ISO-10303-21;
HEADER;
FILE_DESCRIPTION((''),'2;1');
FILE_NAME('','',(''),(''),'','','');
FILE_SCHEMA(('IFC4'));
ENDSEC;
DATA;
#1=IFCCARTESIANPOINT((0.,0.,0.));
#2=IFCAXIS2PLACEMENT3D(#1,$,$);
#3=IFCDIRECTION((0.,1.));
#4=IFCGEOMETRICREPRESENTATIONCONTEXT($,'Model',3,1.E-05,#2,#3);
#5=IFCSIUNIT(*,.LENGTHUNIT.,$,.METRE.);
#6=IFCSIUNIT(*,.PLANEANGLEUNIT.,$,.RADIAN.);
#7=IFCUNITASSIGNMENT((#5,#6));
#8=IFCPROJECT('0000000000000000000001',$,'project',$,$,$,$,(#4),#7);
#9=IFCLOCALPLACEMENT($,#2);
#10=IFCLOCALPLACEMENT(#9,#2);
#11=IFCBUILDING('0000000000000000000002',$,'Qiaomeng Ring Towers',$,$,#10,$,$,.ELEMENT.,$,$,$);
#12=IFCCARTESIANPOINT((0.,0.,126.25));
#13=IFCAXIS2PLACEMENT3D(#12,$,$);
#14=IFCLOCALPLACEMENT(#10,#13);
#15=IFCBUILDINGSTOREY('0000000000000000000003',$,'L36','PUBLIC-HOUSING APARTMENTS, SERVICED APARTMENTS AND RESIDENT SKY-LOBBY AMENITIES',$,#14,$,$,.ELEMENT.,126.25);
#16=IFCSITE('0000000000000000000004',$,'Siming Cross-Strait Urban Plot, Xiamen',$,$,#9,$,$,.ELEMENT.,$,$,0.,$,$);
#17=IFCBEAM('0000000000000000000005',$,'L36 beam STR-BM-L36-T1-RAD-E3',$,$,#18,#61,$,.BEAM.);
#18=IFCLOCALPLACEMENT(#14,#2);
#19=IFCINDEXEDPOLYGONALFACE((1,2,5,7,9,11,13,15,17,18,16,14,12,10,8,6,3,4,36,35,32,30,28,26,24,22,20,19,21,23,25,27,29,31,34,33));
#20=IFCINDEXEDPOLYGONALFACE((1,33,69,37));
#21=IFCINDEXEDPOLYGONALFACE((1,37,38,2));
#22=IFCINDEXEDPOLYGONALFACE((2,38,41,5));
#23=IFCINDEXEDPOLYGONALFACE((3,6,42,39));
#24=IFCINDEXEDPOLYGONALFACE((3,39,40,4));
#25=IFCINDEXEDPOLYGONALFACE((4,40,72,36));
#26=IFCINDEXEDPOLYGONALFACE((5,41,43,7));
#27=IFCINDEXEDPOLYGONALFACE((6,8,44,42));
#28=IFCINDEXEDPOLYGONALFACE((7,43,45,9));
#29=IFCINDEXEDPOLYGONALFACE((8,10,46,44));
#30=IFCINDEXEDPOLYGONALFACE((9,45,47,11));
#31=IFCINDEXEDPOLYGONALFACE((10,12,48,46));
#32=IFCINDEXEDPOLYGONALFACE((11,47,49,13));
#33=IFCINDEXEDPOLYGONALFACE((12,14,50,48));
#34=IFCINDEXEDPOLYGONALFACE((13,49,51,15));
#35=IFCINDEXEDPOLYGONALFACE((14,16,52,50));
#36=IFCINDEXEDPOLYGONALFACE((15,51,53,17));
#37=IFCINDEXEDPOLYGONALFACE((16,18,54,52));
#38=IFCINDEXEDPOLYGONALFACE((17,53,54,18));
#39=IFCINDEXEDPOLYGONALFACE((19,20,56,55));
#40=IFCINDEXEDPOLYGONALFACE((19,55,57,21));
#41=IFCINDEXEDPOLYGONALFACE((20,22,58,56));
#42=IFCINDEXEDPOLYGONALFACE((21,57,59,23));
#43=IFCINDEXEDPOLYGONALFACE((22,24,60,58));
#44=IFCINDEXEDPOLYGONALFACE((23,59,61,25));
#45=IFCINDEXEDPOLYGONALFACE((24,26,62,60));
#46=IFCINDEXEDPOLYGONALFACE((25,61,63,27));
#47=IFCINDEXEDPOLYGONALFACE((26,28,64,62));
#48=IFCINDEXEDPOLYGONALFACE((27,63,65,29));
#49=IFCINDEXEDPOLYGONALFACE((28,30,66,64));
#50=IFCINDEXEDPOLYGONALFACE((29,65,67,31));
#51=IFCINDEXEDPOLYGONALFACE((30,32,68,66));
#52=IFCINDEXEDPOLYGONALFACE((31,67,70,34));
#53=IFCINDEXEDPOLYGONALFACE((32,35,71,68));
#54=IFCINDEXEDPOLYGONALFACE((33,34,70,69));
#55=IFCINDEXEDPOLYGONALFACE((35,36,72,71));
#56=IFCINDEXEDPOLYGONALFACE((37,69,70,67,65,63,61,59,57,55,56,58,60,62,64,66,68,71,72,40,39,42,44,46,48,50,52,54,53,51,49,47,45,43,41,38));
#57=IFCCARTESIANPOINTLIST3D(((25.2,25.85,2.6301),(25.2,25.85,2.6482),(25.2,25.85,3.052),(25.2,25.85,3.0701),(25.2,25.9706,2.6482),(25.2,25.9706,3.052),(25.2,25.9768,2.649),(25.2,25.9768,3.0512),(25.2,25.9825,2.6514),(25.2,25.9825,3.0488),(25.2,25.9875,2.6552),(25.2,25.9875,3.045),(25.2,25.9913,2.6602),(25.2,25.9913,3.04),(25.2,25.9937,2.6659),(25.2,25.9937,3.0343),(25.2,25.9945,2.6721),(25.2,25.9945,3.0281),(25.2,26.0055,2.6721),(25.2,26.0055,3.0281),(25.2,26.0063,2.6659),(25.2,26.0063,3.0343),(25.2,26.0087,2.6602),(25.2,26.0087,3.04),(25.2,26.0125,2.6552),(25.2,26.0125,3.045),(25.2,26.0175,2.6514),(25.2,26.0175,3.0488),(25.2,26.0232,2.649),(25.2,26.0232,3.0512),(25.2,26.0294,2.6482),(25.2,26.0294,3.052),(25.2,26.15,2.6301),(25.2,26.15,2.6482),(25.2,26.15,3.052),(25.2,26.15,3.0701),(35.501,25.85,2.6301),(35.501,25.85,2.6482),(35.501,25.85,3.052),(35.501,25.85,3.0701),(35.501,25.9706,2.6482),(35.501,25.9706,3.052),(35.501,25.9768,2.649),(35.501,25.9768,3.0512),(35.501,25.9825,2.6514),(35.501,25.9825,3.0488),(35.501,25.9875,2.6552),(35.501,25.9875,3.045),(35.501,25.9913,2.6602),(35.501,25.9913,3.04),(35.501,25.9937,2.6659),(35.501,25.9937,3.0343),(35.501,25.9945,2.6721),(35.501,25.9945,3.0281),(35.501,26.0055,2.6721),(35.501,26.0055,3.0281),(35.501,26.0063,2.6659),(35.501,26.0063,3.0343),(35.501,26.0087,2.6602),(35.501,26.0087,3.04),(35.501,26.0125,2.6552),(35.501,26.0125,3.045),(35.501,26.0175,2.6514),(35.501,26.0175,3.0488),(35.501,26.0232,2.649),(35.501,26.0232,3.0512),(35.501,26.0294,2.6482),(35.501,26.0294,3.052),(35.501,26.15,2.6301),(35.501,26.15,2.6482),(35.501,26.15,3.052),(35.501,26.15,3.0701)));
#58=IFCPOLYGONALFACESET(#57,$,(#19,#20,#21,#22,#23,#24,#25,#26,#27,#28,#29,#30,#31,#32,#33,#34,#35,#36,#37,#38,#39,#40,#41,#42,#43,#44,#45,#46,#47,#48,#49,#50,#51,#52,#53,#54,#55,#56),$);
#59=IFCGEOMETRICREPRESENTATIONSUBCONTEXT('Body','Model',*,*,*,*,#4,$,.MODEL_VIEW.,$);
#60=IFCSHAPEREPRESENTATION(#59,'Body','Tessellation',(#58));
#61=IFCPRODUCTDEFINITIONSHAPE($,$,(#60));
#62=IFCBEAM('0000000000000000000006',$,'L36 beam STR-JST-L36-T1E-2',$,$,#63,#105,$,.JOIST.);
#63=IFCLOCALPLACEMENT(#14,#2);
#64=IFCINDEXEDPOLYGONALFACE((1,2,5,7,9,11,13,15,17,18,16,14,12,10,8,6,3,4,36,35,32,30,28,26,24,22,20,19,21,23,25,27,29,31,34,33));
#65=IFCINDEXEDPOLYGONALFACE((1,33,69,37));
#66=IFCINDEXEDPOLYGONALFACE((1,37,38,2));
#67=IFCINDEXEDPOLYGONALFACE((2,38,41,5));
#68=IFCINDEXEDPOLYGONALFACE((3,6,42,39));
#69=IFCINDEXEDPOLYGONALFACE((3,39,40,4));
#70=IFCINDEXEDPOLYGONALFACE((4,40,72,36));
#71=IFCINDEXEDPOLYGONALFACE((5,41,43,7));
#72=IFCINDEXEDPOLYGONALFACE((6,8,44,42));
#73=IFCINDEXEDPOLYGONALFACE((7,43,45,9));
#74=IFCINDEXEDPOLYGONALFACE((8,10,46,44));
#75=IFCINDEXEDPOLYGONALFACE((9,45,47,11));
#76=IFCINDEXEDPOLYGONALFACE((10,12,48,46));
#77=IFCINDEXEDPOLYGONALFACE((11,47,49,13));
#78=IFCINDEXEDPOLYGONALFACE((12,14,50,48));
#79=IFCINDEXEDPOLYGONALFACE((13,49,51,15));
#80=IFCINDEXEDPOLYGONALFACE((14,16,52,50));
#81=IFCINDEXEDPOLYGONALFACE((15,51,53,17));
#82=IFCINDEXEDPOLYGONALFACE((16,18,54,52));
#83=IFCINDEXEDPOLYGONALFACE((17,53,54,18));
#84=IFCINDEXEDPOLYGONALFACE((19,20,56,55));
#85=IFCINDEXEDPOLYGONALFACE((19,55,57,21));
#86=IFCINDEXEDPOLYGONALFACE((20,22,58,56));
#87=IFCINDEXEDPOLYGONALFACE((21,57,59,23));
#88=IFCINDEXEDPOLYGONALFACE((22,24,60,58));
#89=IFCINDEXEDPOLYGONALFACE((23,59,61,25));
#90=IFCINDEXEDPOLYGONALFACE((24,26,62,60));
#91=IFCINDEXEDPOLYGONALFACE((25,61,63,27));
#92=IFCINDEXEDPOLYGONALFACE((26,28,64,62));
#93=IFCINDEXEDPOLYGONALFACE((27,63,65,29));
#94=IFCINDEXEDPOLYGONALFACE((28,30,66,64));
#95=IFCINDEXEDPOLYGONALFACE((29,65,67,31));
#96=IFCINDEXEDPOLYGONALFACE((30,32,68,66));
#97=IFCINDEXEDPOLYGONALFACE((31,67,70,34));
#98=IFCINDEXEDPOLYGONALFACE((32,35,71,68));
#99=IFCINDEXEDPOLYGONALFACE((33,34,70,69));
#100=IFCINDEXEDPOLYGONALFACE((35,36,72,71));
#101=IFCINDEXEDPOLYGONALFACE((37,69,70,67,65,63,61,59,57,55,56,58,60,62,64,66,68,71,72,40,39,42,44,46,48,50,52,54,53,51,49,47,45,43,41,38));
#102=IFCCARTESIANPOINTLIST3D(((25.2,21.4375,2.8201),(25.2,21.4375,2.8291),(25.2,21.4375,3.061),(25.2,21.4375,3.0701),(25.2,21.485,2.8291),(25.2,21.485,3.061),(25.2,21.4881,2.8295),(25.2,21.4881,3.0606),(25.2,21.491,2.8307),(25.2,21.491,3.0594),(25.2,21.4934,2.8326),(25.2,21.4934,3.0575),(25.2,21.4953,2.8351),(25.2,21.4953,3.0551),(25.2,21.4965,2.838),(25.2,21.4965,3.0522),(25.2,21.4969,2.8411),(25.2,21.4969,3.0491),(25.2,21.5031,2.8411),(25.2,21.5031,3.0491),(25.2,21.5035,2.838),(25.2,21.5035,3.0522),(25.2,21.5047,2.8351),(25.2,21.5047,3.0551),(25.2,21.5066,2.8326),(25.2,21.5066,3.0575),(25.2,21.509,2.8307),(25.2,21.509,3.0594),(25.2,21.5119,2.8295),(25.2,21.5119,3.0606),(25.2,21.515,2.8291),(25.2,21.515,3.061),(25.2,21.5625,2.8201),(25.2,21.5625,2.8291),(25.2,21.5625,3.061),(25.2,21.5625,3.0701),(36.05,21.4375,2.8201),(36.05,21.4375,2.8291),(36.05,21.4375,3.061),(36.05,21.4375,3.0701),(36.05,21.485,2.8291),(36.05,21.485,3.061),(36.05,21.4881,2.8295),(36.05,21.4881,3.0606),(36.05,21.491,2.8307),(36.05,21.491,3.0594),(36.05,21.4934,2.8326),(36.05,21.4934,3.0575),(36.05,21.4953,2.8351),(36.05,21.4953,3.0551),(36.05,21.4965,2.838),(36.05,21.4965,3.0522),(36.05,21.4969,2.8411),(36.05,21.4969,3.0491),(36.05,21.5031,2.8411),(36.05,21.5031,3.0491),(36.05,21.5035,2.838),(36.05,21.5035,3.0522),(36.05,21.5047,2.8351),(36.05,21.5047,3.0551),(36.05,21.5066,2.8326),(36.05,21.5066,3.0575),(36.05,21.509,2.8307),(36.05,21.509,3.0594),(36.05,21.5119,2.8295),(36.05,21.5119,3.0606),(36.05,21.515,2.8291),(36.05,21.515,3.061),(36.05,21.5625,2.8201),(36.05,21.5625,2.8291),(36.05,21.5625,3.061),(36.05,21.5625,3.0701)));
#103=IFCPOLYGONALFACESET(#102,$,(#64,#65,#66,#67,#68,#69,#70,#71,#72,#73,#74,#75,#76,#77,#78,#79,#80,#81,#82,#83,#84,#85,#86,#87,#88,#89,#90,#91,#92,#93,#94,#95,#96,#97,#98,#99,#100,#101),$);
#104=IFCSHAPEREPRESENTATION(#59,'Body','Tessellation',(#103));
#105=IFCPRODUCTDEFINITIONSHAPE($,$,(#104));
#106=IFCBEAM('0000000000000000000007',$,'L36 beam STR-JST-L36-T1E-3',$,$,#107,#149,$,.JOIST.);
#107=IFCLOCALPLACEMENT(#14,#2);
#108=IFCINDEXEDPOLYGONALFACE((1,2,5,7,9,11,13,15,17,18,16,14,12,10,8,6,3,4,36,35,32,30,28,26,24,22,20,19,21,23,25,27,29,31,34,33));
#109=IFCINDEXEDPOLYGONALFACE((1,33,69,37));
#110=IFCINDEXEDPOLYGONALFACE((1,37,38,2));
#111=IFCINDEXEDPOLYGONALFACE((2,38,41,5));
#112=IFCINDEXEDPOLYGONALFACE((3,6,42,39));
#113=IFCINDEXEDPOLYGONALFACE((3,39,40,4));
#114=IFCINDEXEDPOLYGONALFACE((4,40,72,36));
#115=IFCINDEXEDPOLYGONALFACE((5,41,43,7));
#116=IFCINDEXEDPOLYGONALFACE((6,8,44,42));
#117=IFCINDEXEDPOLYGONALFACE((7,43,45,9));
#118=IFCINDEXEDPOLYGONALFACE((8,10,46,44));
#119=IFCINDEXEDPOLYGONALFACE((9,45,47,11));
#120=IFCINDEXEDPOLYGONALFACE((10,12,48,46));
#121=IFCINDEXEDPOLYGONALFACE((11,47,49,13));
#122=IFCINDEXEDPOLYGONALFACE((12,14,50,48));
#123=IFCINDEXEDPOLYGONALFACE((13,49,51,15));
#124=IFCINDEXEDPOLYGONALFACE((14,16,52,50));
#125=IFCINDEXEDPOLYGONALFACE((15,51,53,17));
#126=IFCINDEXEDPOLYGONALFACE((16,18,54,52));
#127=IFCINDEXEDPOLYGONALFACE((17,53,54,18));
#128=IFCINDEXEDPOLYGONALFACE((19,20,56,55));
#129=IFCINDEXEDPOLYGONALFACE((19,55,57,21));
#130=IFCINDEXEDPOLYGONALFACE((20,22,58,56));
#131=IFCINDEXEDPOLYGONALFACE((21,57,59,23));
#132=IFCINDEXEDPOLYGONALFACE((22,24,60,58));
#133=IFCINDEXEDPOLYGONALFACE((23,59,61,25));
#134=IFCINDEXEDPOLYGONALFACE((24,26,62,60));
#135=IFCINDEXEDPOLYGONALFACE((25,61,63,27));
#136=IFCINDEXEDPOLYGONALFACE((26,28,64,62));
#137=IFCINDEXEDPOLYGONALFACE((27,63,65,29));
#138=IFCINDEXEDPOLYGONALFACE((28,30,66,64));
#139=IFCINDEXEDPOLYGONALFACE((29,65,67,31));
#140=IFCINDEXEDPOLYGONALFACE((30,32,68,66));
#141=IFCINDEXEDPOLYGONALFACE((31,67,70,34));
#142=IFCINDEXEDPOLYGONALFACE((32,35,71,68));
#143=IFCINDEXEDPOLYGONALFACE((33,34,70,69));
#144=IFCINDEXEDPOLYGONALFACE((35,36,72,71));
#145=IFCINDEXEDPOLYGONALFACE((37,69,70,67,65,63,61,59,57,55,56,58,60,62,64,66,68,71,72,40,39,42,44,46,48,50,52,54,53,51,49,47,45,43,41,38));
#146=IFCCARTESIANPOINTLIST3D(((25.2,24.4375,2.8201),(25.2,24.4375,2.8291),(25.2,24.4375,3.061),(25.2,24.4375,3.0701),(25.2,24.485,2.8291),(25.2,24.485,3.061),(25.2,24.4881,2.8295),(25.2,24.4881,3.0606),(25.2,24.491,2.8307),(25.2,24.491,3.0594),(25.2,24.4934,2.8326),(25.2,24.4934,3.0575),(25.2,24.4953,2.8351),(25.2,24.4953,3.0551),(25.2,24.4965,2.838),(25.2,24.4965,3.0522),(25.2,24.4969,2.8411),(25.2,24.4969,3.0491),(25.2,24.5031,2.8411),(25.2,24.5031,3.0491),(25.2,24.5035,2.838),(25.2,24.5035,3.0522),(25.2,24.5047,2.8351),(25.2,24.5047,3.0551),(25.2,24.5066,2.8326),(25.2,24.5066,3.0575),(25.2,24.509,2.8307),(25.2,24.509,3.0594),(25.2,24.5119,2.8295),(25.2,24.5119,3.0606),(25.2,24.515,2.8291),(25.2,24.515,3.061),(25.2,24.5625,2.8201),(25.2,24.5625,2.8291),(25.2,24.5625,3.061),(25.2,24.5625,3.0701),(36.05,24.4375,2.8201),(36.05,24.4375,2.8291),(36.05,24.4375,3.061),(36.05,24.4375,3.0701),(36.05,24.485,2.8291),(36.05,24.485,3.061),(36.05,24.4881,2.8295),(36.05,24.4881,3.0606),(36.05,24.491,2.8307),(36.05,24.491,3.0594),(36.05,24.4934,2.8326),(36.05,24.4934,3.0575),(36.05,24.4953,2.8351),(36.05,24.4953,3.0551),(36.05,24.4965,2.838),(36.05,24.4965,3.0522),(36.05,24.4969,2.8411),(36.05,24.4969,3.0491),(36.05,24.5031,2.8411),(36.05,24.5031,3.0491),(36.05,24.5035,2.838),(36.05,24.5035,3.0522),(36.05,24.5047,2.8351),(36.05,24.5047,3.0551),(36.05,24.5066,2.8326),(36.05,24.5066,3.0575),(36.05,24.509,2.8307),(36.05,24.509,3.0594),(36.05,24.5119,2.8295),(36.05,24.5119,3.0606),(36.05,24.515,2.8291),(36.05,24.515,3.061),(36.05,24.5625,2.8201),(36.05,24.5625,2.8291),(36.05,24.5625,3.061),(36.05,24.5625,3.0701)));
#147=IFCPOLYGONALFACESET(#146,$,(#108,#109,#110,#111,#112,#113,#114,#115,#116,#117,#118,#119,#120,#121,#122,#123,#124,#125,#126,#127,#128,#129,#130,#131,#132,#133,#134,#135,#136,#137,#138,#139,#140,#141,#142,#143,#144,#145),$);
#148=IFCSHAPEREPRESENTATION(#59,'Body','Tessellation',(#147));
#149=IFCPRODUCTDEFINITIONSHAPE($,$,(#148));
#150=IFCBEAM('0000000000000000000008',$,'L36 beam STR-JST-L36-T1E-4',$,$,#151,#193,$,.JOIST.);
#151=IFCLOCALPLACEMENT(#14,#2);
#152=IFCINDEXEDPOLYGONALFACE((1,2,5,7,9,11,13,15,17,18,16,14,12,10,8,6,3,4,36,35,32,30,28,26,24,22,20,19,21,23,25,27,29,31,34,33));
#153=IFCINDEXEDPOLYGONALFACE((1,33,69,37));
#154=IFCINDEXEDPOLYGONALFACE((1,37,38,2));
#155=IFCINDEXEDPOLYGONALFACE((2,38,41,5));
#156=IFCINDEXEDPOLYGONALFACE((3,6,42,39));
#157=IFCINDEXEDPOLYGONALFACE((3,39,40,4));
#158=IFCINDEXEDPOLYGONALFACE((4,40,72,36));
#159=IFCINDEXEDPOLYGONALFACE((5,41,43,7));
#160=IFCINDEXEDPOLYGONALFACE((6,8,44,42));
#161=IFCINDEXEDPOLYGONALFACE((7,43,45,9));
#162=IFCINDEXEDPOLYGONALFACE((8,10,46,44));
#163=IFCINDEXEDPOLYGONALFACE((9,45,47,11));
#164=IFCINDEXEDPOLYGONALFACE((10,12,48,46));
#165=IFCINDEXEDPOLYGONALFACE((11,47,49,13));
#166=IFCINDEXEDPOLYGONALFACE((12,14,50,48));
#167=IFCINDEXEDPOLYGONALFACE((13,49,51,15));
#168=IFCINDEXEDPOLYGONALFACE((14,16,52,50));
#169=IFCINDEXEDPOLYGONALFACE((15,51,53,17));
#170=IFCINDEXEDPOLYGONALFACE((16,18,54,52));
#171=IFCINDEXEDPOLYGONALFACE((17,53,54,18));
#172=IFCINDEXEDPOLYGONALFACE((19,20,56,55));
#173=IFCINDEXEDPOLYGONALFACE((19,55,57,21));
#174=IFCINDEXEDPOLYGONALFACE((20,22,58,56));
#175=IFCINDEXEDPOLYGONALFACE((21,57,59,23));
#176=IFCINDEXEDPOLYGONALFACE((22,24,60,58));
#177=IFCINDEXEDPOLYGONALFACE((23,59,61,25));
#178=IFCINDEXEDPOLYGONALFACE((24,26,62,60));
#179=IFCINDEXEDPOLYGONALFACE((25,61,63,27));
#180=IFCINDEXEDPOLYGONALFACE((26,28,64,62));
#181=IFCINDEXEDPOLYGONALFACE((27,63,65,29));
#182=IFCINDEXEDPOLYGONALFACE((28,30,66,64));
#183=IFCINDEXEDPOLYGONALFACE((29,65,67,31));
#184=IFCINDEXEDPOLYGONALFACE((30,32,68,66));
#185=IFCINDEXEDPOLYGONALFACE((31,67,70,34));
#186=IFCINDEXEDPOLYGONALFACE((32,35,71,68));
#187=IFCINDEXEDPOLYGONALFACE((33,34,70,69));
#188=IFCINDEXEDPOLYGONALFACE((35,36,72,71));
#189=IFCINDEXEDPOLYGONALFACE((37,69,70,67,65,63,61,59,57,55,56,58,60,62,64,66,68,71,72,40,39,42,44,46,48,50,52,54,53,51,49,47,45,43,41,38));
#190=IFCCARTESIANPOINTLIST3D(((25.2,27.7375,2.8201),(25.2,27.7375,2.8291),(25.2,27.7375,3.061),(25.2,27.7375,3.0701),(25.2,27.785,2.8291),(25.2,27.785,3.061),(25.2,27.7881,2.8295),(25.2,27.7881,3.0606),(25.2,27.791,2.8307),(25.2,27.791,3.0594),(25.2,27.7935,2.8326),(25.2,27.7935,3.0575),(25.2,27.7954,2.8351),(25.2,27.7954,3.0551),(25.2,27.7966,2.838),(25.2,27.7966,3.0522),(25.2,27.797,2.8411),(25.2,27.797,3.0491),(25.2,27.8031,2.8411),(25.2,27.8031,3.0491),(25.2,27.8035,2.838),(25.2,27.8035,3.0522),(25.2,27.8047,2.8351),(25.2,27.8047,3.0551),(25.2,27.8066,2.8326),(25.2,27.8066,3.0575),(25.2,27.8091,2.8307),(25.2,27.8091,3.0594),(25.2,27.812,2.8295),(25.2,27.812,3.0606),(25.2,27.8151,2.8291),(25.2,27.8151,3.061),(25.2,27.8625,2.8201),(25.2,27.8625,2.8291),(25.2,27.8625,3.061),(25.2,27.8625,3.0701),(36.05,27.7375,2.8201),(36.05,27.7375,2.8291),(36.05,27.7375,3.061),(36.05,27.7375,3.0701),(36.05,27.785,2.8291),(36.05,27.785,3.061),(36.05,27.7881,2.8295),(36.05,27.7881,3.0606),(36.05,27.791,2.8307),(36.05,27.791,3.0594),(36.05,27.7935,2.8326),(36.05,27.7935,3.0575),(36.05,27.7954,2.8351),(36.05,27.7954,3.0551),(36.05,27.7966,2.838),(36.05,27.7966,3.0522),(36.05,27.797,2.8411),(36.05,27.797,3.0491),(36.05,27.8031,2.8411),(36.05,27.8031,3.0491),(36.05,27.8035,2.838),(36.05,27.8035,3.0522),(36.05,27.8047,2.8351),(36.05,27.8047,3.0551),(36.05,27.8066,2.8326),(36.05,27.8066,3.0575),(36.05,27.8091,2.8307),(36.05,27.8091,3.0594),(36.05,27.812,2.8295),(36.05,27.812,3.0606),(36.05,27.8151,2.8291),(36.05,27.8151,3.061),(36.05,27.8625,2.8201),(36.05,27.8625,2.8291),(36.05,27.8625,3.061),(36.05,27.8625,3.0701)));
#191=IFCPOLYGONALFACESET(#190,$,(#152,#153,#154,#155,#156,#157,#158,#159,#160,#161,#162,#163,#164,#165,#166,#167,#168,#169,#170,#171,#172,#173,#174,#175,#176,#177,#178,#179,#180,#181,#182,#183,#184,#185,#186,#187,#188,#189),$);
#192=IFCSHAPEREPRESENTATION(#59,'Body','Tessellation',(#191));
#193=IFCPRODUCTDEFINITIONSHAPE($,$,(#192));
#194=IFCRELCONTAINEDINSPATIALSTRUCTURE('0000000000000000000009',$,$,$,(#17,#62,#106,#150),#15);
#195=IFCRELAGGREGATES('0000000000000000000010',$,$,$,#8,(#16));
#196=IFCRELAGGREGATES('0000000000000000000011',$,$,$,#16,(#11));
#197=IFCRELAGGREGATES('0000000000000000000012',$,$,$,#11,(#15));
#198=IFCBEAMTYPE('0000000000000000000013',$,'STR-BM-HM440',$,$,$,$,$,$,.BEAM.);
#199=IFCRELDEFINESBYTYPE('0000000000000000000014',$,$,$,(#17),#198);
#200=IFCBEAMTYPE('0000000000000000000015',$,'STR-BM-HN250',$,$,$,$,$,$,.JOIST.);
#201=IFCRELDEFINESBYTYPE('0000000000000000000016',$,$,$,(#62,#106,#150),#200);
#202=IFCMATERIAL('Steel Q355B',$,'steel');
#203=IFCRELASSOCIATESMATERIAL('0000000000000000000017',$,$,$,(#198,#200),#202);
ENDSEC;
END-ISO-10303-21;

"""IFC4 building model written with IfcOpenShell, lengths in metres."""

from ifc_helpers import new_model, si_unit, direction, frame, origin, origin_2d, place, context, subcontext, project, spatial, i_section, extrude, source, transform, mapped, material, material_profile, profile_set, type_object, element, save


model = new_model("IFC4")

# Units and contexts
model_context = context("Model", 3, precision=1e-05, world=origin(), true_north=direction((0.0, 1.0)))
body_context = subcontext(model_context, "Body", "Model", "MODEL_VIEW")
ifc_project = project(units=[si_unit("LENGTHUNIT", "METRE"), si_unit("PLANEANGLEUNIT", "RADIAN")], contexts=[model_context])

# Site, building, storey
site_placement = place(None, origin())
site = spatial("IfcSite", under=ifc_project, at=site_placement, Name="Siming Cross-Strait Urban Plot, Xiamen", CompositionType="ELEMENT", RefElevation=0.0)
building_placement = place(site_placement, origin())
building = spatial("IfcBuilding", under=site, at=building_placement, Name="Qiaomeng Ring Towers", CompositionType="ELEMENT")
storey_placement = place(building_placement, frame((0.0, 0.0, 126.25)))
storey = spatial("IfcBuildingStorey", under=building, at=storey_placement, Name="L36", Description="PUBLIC-HOUSING APARTMENTS, SERVICED APARTMENTS AND RESIDENT SKY-LOBBY AMENITIES", CompositionType="ELEMENT", Elevation=126.25)

# Beams
ifc_material_1 = material(Name="Steel Q355B", Category="steel")
ifc_material_profile_1 = material_profile(ifc_material_1, i_section(OverallWidth=0.3, OverallDepth=0.4399, WebThickness=0.011, FlangeThickness=0.0181, FilletRadius=0.0239, at=origin_2d()), Name="HM 440x300x11x18")
ifc_profile_set_1 = profile_set([ifc_material_profile_1], Name="Steel Q355B")
beam_type_1 = type_object("IfcBeamType", Name="STR-BM-HM440", PredefinedType="BEAM", material=ifc_profile_set_1)
shared_shape_1 = source(origin(), body_context, "Body", "SweptSolid", [
    extrude(i_section(OverallWidth=0.3, OverallDepth=0.4399, WebThickness=0.011, FlangeThickness=0.0181, FilletRadius=0.0239, at=origin_2d()), origin(), (0.0, 0.0, 1.0), 10.301),
])
beam_placement = place(storey_placement, frame((25.2, 26.0, 2.8501), z_axis=(1.0, 0.0, 0.0), x_axis=(0.0, 1.0, 0.0)))
element("IfcBeam", 1, at=beam_placement, inside=storey, type_object=beam_type_1, Name="L36 beam STR-BM-L36-T1-RAD-E3", PredefinedType="BEAM", context=body_context, shape_type="MappedRepresentation", body=[
    mapped(shared_shape_1, transform((0.0, 0.0, 0.0), x_axis=(1.0, 0.0, 0.0), y_axis=(0.0, 1.0, 0.0), z_axis=(0.0, 0.0, 1.0), scale=1.0)),
])
ifc_material_profile_2 = material_profile(ifc_material_1, i_section(OverallWidth=0.125, OverallDepth=0.25, WebThickness=0.0061, FlangeThickness=0.009, FilletRadius=0.012, at=origin_2d()), Name="HN 250x125x6x9")
ifc_profile_set_2 = profile_set([ifc_material_profile_2], Name="Steel Q355B")
beam_type_2 = type_object("IfcBeamType", Name="STR-BM-HN250", PredefinedType="JOIST", material=ifc_profile_set_2)
shared_shape_2 = source(origin(), body_context, "Body", "SweptSolid", [
    extrude(i_section(OverallWidth=0.125, OverallDepth=0.25, WebThickness=0.0061, FlangeThickness=0.009, FilletRadius=0.012, at=origin_2d()), origin(), (0.0, 0.0, 1.0), 10.8501),
])
for number, where, z_axis, x_axis, name in (
    (2, (25.2, 21.5, 2.9451), (1.0, 0.0, 0.0), (0.0, 1.0, 0.0), "L36 beam STR-JST-L36-T1E-2"),
    (3, (25.2, 24.5, 2.9451), (1.0, 0.0, 0.0), (0.0, 1.0, 0.0), "L36 beam STR-JST-L36-T1E-3"),
    (4, (25.2, 27.8, 2.9451), (1.0, 0.0, 0.0), (0.0, 1.0, 0.0), "L36 beam STR-JST-L36-T1E-4"),
):
    element("IfcBeam", number, at=place(storey_placement, frame(where, z_axis=z_axis, x_axis=x_axis)), inside=storey, type_object=beam_type_2, Name=name, PredefinedType="JOIST", context=body_context, shape_type="MappedRepresentation", body=[
        mapped(shared_shape_2, transform((0.0, 0.0, 0.0), x_axis=(1.0, 0.0, 0.0), y_axis=(0.0, 1.0, 0.0), z_axis=(0.0, 0.0, 1.0), scale=1.0)),
    ])

save(model, "model.ifc")
